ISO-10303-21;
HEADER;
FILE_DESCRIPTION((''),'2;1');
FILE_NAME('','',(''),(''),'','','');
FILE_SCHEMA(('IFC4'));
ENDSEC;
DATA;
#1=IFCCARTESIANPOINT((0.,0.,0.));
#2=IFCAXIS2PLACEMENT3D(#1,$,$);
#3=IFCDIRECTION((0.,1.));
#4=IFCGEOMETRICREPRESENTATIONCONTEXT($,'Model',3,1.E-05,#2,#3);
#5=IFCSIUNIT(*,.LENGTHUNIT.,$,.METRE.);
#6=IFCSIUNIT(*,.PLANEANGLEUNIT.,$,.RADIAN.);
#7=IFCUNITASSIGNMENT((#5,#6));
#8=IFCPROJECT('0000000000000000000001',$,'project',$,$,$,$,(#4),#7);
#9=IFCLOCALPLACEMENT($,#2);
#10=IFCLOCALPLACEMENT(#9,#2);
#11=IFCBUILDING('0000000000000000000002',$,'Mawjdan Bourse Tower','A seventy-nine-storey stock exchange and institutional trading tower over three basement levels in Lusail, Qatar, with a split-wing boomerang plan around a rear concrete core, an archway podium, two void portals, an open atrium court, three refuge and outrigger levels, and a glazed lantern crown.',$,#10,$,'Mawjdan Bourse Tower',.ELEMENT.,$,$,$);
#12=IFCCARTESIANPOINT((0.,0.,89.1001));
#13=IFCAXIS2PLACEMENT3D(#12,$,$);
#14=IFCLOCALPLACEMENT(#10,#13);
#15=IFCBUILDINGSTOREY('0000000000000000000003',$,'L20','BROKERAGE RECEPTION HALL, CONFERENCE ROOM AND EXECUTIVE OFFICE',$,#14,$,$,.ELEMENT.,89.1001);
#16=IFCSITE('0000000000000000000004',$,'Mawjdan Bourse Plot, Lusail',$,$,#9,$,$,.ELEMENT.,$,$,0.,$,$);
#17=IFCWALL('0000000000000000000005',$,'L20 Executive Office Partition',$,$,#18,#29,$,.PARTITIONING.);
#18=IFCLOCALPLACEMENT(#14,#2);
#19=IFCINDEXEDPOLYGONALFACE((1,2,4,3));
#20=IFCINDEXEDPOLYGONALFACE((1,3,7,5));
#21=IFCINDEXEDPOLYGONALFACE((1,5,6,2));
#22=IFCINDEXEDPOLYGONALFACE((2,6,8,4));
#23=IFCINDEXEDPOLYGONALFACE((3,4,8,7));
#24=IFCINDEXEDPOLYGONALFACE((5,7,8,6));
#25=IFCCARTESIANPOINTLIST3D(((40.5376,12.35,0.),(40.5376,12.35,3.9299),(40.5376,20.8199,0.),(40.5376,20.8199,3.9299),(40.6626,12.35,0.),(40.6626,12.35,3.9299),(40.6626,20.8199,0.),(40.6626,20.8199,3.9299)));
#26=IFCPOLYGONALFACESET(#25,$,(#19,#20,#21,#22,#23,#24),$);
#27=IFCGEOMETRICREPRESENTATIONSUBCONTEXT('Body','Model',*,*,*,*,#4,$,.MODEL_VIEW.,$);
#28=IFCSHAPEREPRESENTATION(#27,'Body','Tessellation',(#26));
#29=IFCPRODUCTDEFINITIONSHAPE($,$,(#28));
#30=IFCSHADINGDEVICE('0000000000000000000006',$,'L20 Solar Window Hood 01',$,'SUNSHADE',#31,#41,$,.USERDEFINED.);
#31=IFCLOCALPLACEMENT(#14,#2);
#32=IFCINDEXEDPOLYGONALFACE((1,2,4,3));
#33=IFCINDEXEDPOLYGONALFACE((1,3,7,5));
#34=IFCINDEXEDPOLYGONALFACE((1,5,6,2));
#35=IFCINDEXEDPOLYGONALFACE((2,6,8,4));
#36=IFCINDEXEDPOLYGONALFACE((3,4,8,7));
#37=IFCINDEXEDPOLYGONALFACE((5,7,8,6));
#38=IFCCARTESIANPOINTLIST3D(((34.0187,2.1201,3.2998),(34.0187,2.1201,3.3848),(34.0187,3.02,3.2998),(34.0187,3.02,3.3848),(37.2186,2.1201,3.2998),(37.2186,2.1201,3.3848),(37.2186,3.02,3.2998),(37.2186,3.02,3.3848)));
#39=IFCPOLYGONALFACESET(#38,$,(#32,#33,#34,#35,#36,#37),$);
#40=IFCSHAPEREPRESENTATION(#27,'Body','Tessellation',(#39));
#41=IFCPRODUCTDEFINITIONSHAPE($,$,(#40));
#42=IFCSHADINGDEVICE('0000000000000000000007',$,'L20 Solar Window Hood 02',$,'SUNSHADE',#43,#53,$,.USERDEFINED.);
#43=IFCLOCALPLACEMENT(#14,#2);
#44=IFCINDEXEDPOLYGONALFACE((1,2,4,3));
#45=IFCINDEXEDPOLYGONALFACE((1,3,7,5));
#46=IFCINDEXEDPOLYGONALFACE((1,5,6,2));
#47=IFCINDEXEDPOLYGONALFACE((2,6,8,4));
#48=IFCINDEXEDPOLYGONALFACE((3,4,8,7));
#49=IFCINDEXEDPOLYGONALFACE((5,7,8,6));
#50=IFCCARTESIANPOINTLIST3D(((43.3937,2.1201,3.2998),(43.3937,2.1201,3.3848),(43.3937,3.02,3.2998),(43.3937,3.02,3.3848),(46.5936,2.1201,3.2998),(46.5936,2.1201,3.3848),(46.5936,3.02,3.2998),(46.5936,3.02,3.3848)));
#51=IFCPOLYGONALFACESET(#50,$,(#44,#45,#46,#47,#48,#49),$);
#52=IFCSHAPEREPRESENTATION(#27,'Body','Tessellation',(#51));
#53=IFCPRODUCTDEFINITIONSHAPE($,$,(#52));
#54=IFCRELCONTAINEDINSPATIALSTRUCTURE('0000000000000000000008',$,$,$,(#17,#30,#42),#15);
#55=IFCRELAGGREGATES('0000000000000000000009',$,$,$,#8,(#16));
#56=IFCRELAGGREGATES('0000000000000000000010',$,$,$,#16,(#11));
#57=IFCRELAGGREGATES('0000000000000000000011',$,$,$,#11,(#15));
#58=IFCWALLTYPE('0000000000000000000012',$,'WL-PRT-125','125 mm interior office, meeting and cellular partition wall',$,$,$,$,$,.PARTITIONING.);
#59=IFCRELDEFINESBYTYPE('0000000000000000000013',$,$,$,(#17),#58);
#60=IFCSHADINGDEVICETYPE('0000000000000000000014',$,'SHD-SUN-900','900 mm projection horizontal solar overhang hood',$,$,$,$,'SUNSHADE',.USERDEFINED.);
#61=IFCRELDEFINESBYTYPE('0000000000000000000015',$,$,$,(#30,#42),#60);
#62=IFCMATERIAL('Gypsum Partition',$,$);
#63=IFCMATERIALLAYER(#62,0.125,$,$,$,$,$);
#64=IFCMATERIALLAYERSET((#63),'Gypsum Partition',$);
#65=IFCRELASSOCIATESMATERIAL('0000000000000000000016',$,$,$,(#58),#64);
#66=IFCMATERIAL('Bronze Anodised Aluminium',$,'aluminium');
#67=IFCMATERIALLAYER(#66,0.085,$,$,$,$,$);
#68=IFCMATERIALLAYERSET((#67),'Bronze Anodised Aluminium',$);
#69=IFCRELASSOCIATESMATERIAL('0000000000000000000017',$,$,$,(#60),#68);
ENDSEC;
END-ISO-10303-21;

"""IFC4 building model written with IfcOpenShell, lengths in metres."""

from ifc_helpers import new_model, si_unit, direction, frame, frame_2d, origin, origin_2d, place, context, subcontext, project, spatial, rectangle, extrude, material, layer, layer_set, type_object, element, save


model = new_model("IFC4")

# Units and contexts
model_context = context("Model", 3, precision=1e-05, world=origin(), true_north=direction((0.0, 1.0)))
body_context = subcontext(model_context, "Body", "Model", "MODEL_VIEW")
ifc_project = project(units=[si_unit("LENGTHUNIT", "METRE"), si_unit("PLANEANGLEUNIT", "RADIAN")], contexts=[model_context])

# Site, building, storey
site_placement = place(None, origin())
site = spatial("IfcSite", under=ifc_project, at=site_placement, Name="Mawjdan Bourse Plot, Lusail", CompositionType="ELEMENT", RefElevation=0.0)
building_placement = place(site_placement, origin())
building = spatial("IfcBuilding", under=site, at=building_placement, Name="Mawjdan Bourse Tower", Description="A seventy-nine-storey stock exchange and institutional trading tower over three basement levels in Lusail, Qatar, with a split-wing boomerang plan around a rear concrete core, an archway podium, two void portals, an open atrium court, three refuge and outrigger levels, and a glazed lantern crown.", LongName="Mawjdan Bourse Tower", CompositionType="ELEMENT")
storey_placement = place(building_placement, frame((0.0, 0.0, 89.1001)))
storey = spatial("IfcBuildingStorey", under=building, at=storey_placement, Name="L20", Description="BROKERAGE RECEPTION HALL, CONFERENCE ROOM AND EXECUTIVE OFFICE", CompositionType="ELEMENT", Elevation=89.1001)

# Wall
ifc_material_1 = material(Name="Gypsum Partition")
ifc_layer_1 = layer(ifc_material_1, 0.125)
ifc_layer_set_1 = layer_set([ifc_layer_1], Name="Gypsum Partition")
wall_type_1 = type_object("IfcWallType", Name="WL-PRT-125", Description="125 mm interior office, meeting and cellular partition wall", PredefinedType="PARTITIONING", material=ifc_layer_set_1)
wall_1_placement = place(storey_placement, frame((40.6001, 12.3501, 0.0), z_axis=(0.0, 0.0, 1.0), x_axis=(0.0, 1.0, 0.0)))
element("IfcWall", 1, at=wall_1_placement, inside=storey, type_object=wall_type_1, Name="L20 Executive Office Partition", PredefinedType="PARTITIONING", context=body_context, shape_type="SweptSolid", body=[
    extrude(rectangle(XDim=8.47, YDim=0.125, at=frame_2d((4.2349, 0.0))), origin(), (0.0, 0.0, 1.0), 3.9299),
])

# Shading devices
ifc_material_2 = material(Name="Bronze Anodised Aluminium", Category="aluminium")
ifc_layer_2 = layer(ifc_material_2, 0.085)
ifc_layer_set_2 = layer_set([ifc_layer_2], Name="Bronze Anodised Aluminium")
shading_device_type = type_object("IfcShadingDeviceType", Name="SHD-SUN-900", Description="900 mm projection horizontal solar overhang hood", ElementType="SUNSHADE", PredefinedType="USERDEFINED", material=ifc_layer_set_2)
for number, where, z_axis, x_axis, name in (
    (2, (35.6187, 2.5701, 3.2998), (0.0, 0.0, 1.0), (1.0, 0.0, 0.0), "L20 Solar Window Hood 01"),
    (3, (44.9937, 2.5701, 3.2998), (0.0, 0.0, 1.0), (1.0, 0.0, 0.0), "L20 Solar Window Hood 02"),
):
    element("IfcShadingDevice", number, at=place(storey_placement, frame(where, z_axis=z_axis, x_axis=x_axis)), inside=storey, type_object=shading_device_type, Name=name, ObjectType="SUNSHADE", PredefinedType="USERDEFINED", context=body_context, shape_type="SweptSolid", body=[
        extrude(rectangle(XDim=3.2, YDim=0.8999, at=origin_2d()), origin(), (0.0, 0.0, 1.0), 0.085),
    ])

save(model, "model.ifc")
